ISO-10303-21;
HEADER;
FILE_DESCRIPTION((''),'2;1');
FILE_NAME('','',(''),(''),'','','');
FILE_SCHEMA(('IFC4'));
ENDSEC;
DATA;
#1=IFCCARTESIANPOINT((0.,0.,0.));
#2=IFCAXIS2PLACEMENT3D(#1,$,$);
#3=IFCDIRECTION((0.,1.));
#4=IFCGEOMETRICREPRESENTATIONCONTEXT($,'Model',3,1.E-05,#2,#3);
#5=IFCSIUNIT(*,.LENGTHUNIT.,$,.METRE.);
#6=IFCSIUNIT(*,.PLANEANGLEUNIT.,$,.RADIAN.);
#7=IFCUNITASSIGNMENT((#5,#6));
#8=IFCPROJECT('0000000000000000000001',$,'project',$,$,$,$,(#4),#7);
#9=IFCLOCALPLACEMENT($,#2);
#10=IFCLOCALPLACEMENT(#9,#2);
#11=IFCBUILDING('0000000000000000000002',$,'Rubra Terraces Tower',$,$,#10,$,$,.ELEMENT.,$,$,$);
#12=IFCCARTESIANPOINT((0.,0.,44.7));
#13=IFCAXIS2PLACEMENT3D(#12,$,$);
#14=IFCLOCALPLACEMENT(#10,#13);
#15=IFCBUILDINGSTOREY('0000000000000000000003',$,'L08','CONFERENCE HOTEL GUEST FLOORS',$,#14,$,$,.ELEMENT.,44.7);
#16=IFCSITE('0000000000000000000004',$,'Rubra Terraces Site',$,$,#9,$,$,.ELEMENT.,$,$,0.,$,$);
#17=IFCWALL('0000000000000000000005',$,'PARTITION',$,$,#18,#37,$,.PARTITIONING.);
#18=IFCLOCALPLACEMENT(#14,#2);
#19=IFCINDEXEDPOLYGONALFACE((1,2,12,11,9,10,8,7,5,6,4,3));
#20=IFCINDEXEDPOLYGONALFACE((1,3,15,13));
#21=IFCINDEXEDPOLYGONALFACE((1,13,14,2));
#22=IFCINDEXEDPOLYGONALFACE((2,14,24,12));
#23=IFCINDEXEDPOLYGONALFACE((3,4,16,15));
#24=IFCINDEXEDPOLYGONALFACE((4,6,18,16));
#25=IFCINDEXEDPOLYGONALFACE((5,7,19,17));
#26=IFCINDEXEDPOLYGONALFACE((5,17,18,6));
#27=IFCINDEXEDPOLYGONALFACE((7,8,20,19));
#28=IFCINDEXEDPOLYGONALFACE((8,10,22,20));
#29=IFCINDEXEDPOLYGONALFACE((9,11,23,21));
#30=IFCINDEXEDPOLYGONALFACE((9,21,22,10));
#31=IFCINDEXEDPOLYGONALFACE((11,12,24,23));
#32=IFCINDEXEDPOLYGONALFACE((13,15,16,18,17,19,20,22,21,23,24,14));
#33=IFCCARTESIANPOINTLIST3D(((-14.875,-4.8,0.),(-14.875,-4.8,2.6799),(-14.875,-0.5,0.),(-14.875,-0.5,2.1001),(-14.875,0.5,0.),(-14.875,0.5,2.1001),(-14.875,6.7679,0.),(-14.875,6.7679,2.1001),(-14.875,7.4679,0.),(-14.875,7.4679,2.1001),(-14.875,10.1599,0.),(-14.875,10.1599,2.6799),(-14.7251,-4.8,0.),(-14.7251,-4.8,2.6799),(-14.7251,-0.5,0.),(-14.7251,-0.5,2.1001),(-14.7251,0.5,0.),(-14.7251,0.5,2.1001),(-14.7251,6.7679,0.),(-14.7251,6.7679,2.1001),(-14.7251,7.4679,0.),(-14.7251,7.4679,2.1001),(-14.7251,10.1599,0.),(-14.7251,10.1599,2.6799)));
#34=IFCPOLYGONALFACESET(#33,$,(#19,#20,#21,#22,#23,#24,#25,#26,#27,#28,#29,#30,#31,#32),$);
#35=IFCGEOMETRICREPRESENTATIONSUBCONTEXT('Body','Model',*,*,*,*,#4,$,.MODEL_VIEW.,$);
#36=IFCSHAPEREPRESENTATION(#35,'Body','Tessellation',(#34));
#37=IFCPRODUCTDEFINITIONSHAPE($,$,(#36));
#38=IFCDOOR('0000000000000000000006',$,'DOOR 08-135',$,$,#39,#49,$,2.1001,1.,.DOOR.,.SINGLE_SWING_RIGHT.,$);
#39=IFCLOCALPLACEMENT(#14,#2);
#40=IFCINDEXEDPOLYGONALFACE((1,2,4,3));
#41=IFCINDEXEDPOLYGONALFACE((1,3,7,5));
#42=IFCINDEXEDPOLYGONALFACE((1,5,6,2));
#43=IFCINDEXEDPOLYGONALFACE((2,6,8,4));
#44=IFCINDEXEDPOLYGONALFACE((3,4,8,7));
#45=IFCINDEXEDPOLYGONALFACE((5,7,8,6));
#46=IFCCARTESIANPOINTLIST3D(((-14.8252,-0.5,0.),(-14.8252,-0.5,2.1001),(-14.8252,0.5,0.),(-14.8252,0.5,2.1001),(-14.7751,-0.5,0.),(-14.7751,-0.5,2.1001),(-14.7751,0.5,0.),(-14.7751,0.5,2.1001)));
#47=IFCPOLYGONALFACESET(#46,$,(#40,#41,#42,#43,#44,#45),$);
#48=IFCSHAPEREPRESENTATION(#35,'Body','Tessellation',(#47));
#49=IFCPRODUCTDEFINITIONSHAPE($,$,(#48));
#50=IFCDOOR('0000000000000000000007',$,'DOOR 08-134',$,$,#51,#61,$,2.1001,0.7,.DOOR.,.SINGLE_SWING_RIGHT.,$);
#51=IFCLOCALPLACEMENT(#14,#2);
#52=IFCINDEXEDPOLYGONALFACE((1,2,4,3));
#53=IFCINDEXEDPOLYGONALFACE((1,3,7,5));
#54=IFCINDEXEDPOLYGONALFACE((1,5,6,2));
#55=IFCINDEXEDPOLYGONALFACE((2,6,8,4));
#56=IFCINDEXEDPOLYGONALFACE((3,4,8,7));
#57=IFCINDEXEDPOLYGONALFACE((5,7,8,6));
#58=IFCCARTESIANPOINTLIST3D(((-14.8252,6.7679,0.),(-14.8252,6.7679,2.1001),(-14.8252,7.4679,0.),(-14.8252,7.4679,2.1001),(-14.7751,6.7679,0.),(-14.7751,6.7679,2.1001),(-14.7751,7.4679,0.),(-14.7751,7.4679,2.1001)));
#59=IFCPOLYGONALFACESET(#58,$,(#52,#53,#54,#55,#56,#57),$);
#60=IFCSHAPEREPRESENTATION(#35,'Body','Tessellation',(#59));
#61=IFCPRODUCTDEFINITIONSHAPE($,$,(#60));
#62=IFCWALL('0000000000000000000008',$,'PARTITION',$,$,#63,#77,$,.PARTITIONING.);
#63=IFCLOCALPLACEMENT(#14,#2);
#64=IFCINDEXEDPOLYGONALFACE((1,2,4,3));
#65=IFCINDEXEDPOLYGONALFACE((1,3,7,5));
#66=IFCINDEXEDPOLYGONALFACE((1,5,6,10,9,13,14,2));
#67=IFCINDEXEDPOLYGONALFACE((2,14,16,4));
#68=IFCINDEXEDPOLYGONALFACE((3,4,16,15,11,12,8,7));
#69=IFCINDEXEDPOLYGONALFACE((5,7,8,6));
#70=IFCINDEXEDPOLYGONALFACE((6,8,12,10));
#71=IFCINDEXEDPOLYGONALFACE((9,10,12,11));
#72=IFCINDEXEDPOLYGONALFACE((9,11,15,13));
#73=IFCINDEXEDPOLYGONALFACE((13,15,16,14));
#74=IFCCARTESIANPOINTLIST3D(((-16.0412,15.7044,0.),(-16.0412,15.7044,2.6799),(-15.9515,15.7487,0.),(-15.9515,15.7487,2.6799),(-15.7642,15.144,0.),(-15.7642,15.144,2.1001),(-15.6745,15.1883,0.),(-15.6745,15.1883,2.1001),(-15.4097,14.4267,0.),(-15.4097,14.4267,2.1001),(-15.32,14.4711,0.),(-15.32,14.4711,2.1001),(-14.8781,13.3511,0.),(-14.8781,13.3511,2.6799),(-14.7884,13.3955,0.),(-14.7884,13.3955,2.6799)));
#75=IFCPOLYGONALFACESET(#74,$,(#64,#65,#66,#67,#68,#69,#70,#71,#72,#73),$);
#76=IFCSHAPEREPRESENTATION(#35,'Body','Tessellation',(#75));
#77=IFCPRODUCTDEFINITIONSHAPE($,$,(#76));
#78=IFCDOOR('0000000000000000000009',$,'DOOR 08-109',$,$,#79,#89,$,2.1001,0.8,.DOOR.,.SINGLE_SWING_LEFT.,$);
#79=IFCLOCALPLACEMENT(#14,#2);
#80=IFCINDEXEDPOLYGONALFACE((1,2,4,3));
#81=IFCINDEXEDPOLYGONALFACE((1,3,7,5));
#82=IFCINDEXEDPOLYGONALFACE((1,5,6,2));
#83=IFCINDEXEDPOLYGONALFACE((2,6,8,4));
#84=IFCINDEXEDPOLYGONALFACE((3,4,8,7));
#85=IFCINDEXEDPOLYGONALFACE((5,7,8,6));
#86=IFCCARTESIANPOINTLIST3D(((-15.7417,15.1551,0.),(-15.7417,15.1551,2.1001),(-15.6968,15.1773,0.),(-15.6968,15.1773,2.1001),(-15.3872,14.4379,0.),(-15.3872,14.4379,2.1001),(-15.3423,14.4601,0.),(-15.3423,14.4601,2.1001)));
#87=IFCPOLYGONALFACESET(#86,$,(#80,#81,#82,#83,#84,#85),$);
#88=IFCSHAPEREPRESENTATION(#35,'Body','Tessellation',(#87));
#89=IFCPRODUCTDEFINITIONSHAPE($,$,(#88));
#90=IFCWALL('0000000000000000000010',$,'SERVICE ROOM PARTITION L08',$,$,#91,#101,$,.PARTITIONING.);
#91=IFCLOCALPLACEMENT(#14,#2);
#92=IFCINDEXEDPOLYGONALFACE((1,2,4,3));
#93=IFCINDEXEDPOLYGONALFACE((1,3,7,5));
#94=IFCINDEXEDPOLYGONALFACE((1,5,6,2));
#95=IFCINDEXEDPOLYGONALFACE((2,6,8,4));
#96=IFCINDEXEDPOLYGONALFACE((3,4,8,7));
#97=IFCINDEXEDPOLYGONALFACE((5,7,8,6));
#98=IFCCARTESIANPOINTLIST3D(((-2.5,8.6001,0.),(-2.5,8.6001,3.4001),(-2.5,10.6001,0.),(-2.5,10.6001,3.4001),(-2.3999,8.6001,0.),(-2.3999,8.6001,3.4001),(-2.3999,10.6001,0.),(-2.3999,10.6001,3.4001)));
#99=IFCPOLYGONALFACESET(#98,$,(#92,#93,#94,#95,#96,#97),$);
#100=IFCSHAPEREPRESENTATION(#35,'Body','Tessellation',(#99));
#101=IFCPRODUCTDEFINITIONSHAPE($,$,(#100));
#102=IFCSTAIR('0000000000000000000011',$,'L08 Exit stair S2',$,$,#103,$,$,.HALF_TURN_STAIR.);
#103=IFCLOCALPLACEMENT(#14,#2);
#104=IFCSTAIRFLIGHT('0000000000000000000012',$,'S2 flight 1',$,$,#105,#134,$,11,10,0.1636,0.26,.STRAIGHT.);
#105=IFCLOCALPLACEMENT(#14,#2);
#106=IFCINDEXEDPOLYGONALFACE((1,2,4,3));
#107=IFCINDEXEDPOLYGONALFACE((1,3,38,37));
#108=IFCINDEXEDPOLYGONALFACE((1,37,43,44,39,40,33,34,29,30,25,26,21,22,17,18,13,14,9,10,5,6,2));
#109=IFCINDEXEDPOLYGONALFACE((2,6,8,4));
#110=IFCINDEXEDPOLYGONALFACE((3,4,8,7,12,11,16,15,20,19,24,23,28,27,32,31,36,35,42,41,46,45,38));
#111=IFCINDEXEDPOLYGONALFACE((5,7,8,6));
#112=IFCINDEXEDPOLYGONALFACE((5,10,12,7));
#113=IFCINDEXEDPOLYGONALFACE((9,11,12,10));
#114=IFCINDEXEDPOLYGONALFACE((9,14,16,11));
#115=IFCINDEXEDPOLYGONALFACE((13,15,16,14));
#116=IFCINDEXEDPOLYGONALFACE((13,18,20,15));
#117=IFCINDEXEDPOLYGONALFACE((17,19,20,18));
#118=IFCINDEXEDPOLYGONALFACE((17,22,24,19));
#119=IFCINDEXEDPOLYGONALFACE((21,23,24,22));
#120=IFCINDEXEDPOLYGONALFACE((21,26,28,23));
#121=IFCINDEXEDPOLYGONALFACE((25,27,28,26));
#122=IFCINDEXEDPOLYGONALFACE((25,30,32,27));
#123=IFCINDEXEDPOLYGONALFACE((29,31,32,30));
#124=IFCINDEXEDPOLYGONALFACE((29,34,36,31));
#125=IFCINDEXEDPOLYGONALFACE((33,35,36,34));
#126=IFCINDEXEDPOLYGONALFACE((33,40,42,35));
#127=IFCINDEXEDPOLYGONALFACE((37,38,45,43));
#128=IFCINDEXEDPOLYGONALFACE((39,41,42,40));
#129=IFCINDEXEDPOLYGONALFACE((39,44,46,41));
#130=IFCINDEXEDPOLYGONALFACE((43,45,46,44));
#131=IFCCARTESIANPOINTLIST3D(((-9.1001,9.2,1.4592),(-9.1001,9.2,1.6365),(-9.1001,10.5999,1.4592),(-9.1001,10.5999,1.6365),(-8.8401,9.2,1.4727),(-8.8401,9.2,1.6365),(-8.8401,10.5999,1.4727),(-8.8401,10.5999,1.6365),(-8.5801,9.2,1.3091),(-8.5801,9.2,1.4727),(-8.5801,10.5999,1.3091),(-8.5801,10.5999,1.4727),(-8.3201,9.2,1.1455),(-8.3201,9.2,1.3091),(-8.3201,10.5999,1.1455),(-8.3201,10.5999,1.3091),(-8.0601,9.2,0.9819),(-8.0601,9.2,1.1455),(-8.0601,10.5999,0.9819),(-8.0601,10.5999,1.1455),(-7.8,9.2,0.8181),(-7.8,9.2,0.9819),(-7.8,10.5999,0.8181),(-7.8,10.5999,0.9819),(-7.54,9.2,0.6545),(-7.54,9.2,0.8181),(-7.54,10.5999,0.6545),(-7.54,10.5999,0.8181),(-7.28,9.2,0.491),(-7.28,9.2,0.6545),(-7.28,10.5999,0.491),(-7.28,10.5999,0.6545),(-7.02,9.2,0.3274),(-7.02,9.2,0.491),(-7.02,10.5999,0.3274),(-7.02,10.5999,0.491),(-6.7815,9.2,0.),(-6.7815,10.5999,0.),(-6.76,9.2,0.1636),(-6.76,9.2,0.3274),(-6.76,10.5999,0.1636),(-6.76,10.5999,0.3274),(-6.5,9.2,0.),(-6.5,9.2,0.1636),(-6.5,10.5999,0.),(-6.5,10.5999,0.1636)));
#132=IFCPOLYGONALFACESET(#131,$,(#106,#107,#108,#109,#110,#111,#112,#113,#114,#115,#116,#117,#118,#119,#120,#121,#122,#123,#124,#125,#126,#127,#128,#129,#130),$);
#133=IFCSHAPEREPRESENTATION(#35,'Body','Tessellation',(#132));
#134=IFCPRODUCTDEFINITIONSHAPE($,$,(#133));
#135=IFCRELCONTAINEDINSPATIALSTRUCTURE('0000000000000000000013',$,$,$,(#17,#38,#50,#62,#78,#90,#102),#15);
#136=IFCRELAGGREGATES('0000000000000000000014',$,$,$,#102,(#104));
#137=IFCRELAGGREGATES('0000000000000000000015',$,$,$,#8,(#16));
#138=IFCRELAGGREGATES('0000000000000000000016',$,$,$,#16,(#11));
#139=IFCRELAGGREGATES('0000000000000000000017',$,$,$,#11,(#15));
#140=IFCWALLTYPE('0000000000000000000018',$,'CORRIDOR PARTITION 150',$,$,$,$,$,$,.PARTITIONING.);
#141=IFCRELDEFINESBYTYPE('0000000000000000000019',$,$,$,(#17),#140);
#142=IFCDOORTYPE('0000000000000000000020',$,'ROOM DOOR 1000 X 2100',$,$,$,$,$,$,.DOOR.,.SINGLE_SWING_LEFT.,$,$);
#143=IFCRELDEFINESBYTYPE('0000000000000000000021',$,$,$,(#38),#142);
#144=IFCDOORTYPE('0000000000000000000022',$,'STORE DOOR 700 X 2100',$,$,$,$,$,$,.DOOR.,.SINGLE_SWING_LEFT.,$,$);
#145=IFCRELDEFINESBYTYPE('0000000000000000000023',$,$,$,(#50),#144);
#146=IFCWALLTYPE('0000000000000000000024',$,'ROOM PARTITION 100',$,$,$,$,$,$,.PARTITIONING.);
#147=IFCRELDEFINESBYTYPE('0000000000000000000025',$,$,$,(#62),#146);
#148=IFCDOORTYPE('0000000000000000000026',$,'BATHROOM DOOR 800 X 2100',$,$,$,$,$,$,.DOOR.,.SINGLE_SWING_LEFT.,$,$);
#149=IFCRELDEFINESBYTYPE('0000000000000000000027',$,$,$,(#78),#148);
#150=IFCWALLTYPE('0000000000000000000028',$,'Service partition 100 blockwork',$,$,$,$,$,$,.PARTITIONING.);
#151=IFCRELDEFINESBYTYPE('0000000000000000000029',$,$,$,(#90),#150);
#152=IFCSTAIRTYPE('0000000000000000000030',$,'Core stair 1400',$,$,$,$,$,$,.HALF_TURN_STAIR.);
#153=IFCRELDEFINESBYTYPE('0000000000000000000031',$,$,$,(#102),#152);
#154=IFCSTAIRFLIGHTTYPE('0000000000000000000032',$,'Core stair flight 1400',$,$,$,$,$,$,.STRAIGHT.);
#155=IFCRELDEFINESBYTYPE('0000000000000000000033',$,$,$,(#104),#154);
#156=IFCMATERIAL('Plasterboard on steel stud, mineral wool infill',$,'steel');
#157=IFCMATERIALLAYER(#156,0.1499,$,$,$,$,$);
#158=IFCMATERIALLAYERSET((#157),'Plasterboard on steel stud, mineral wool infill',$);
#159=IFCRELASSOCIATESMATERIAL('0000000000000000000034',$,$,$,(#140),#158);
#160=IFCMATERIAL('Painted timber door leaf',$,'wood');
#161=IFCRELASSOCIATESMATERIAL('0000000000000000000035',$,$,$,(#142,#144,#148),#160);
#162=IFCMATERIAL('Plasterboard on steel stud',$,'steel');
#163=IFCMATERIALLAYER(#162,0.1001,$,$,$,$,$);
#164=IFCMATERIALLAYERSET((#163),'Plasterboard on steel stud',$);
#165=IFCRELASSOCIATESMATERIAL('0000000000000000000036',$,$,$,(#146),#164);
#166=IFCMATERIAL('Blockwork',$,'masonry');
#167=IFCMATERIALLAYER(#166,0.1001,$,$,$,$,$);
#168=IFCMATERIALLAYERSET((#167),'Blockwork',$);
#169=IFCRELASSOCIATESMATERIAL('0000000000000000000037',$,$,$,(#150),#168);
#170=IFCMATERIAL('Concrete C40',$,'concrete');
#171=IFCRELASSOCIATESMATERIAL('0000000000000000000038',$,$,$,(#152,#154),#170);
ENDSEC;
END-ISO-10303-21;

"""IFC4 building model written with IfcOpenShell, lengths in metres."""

from ifc_helpers import new_model, si_unit, direction, frame, frame_2d, origin, place, context, subcontext, project, spatial, polyline, rectangle, outline, extrude, material, layer, layer_set, type_object, element, fill, aggregate, save


model = new_model("IFC4")

# Units and contexts
model_context = context("Model", 3, precision=1e-05, world=origin(), true_north=direction((0.0, 1.0)))
body_context = subcontext(model_context, "Body", "Model", "MODEL_VIEW")
ifc_project = project(units=[si_unit("LENGTHUNIT", "METRE"), si_unit("PLANEANGLEUNIT", "RADIAN")], contexts=[model_context])

# Site, building, storey
site_placement = place(None, origin())
site = spatial("IfcSite", under=ifc_project, at=site_placement, Name="Rubra Terraces Site", CompositionType="ELEMENT", RefElevation=0.0)
building_placement = place(site_placement, origin())
building = spatial("IfcBuilding", under=site, at=building_placement, Name="Rubra Terraces Tower", CompositionType="ELEMENT")
storey_placement = place(building_placement, frame((0.0, 0.0, 44.7)))
storey = spatial("IfcBuildingStorey", under=building, at=storey_placement, Name="L08", Description="CONFERENCE HOTEL GUEST FLOORS", CompositionType="ELEMENT", Elevation=44.7)

# Shared definitions
ifc_material_1 = material(Name="Plasterboard on steel stud, mineral wool infill", Category="steel")
ifc_layer_1 = layer(ifc_material_1, 0.1499)
ifc_layer_set_1 = layer_set([ifc_layer_1], Name="Plasterboard on steel stud, mineral wool infill")
wall_type_1 = type_object("IfcWallType", Name="CORRIDOR PARTITION 150", PredefinedType="PARTITIONING", material=ifc_layer_set_1)

# Shared definitions
ifc_material_2 = material(Name="Painted timber door leaf", Category="wood")
door_type_1 = type_object("IfcDoorType", Name="ROOM DOOR 1000 X 2100", OperationType="SINGLE_SWING_LEFT", PredefinedType="DOOR", material=ifc_material_2)

# Wall, openings, doors
wall_1_placement = place(storey_placement, frame((-14.8, 10.1599, 0.0), z_axis=(0.0, 0.0, 1.0), x_axis=(0.0, -1.0, 0.0)))
wall_1 = element("IfcWall", 1, at=wall_1_placement, inside=storey, type_object=wall_type_1, Name="PARTITION", PredefinedType="PARTITIONING", context=body_context, shape_type="SweptSolid", body=[
    extrude(rectangle(XDim=14.96, YDim=0.1499, at=frame_2d((7.48, 0.0))), origin(), (0.0, 0.0, 1.0), 2.6799),
])
opening_1_placement = place(wall_1_placement, frame((2.6919, 0.0, 0.0)))
opening_1 = element("IfcOpeningElement", 2, at=opening_1_placement, cuts=wall_1, PredefinedType="OPENING", context=body_context, shape_type="SweptSolid", body=[
    extrude(rectangle(XDim=0.7, YDim=2.1001, at=frame_2d((0.3501, 1.05))), frame((0.0, 0.085, 0.0), z_axis=(0.0, -1.0, 0.0), x_axis=(1.0, 0.0, 0.0)), (0.0, 0.0, 1.0), 0.1699),
])
opening_2_placement = place(wall_1_placement, frame((9.6599, 0.0, 0.0)))
opening_2 = element("IfcOpeningElement", 3, at=opening_2_placement, cuts=wall_1, PredefinedType="OPENING", context=body_context, shape_type="SweptSolid", body=[
    extrude(rectangle(XDim=1.0, YDim=2.1001, at=frame_2d((0.5, 1.05))), frame((0.0, 0.085, 0.0), z_axis=(0.0, -1.0, 0.0), x_axis=(1.0, 0.0, 0.0)), (0.0, 0.0, 1.0), 0.1699),
])
door_1_placement = place(opening_2_placement, origin())
door_1 = element("IfcDoor", 4, at=door_1_placement, inside=storey, type_object=door_type_1, Name="DOOR 08-135", OperationType="SINGLE_SWING_RIGHT", OverallHeight=2.1001, OverallWidth=1.0, PredefinedType="DOOR", context=body_context, shape_type="SweptSolid", body=[
    extrude(rectangle(XDim=1.0, YDim=2.1001, at=frame_2d((0.5, 1.05))), frame((0.0, 0.0249, 0.0), z_axis=(0.0, -1.0, 0.0), x_axis=(1.0, 0.0, 0.0)), (0.0, 0.0, 1.0), 0.05),
])
fill(opening_2, door_1)
door_type_2 = type_object("IfcDoorType", Name="STORE DOOR 700 X 2100", OperationType="SINGLE_SWING_LEFT", PredefinedType="DOOR", material=ifc_material_2)
door_2_placement = place(opening_1_placement, origin())
door_2 = element("IfcDoor", 5, at=door_2_placement, inside=storey, type_object=door_type_2, Name="DOOR 08-134", OperationType="SINGLE_SWING_RIGHT", OverallHeight=2.1001, OverallWidth=0.7, PredefinedType="DOOR", context=body_context, shape_type="SweptSolid", body=[
    extrude(rectangle(XDim=0.7, YDim=2.1001, at=frame_2d((0.3501, 1.05))), frame((0.0, 0.0249, 0.0), z_axis=(0.0, -1.0, 0.0), x_axis=(1.0, 0.0, 0.0)), (0.0, 0.0, 1.0), 0.05),
])
fill(opening_1, door_2)

# Wall, opening, door
ifc_material_3 = material(Name="Plasterboard on steel stud", Category="steel")
ifc_layer_2 = layer(ifc_material_3, 0.1001)
ifc_layer_set_2 = layer_set([ifc_layer_2], Name="Plasterboard on steel stud")
wall_type_2 = type_object("IfcWallType", Name="ROOM PARTITION 100", PredefinedType="PARTITIONING", material=ifc_layer_set_2)
wall_2_placement = place(storey_placement, frame((-14.8333, 13.3733, 0.0), z_axis=(0.0, 0.0, 1.0), x_axis=(-0.443079, 0.896482, 0.0)))
wall_2 = element("IfcWall", 6, at=wall_2_placement, inside=storey, type_object=wall_type_2, Name="PARTITION", PredefinedType="PARTITIONING", context=body_context, shape_type="SweptSolid", body=[
    extrude(rectangle(XDim=2.625, YDim=0.1001, at=frame_2d((1.3125, 0.0))), origin(), (0.0, 0.0, 1.0), 2.6799),
])
opening_3_placement = place(wall_2_placement, frame((1.2, 0.0, 0.0)))
opening_3 = element("IfcOpeningElement", 7, at=opening_3_placement, cuts=wall_2, PredefinedType="OPENING", context=body_context, shape_type="SweptSolid", body=[
    extrude(rectangle(XDim=0.8, YDim=2.1001, at=frame_2d((0.3999, 1.05))), frame((0.0, 0.0601, 0.0), z_axis=(0.0, -1.0, 0.0), x_axis=(1.0, 0.0, 0.0)), (0.0, 0.0, 1.0), 0.1201),
])
door_type_3 = type_object("IfcDoorType", Name="BATHROOM DOOR 800 X 2100", OperationType="SINGLE_SWING_LEFT", PredefinedType="DOOR", material=ifc_material_2)
door_3_placement = place(opening_3_placement, origin())
door_3 = element("IfcDoor", 8, at=door_3_placement, inside=storey, type_object=door_type_3, Name="DOOR 08-109", OperationType="SINGLE_SWING_LEFT", OverallHeight=2.1001, OverallWidth=0.8, PredefinedType="DOOR", context=body_context, shape_type="SweptSolid", body=[
    extrude(rectangle(XDim=0.8, YDim=2.1001, at=frame_2d((0.3999, 1.05))), frame((0.0, 0.0249, 0.0), z_axis=(0.0, -1.0, 0.0), x_axis=(1.0, 0.0, 0.0)), (0.0, 0.0, 1.0), 0.05),
])
fill(opening_3, door_3)

# Wall
ifc_material_4 = material(Name="Blockwork", Category="masonry")
ifc_layer_3 = layer(ifc_material_4, 0.1001)
ifc_layer_set_3 = layer_set([ifc_layer_3], Name="Blockwork")
wall_type_3 = type_object("IfcWallType", Name="Service partition 100 blockwork", PredefinedType="PARTITIONING", material=ifc_layer_set_3)
wall_3_placement = place(storey_placement, frame((-2.45, 8.6001, 0.0), z_axis=(0.0, 0.0, 1.0), x_axis=(0.0, 1.0, 0.0)))
element("IfcWall", 9, at=wall_3_placement, inside=storey, type_object=wall_type_3, Name="SERVICE ROOM PARTITION L08", PredefinedType="PARTITIONING", context=body_context, shape_type="SweptSolid", body=[
    extrude(rectangle(XDim=2.0, YDim=0.1001, at=frame_2d((1.0, 0.0))), origin(), (0.0, 0.0, 1.0), 3.4001),
])

# Stair, stair flight
ifc_material_5 = material(Name="Concrete C40", Category="concrete")
stair_type = type_object("IfcStairType", Name="Core stair 1400", PredefinedType="HALF_TURN_STAIR", material=ifc_material_5)
stair_placement = place(storey_placement, origin())
stair = element("IfcStair", 10, at=stair_placement, inside=storey, type_object=stair_type, Name="L08 Exit stair S2", PredefinedType="HALF_TURN_STAIR")
stair_flight_type = type_object("IfcStairFlightType", Name="Core stair flight 1400", PredefinedType="STRAIGHT", material=ifc_material_5)
stair_flight_placement = place(storey_placement, frame((-6.5, 9.8999, 0.0), z_axis=(0.0, 0.0, 1.0), x_axis=(-1.0, 0.0, 0.0)))
stair_flight = element("IfcStairFlight", 11, at=stair_flight_placement, type_object=stair_flight_type, Name="S2 flight 1", NumberOfRisers=11, NumberOfTreads=10, PredefinedType="STRAIGHT", RiserHeight=0.1636, TreadLength=0.26, context=body_context, shape_type="SweptSolid", body=[
    extrude(outline(polyline([(0.0, 0.0), (0.0, 0.1636), (0.26, 0.1636), (0.26, 0.3274), (0.52, 0.3274), (0.52, 0.491), (0.78, 0.491), (0.78, 0.6545), (1.04, 0.6545), (1.04, 0.8181), (1.3, 0.8181), (1.3, 0.9819), (1.5601, 0.9819), (1.5601, 1.1455), (1.8201, 1.1455), (1.8201, 1.3091), (2.0801, 1.3091), (2.0801, 1.4727), (2.3401, 1.4727), (2.3401, 1.6365), (2.6001, 1.6365), (2.6001, 1.8), (2.6001, 1.4592), (0.2815, 0.0), (0.0, 0.0)])), frame((0.0, 0.7, 0.0), z_axis=(0.0, -1.0, 0.0), x_axis=(1.0, 0.0, 0.0)), (0.0, 0.0, 1.0), 1.3999),
])
aggregate(stair, [stair_flight])

save(model, "model.ifc")
